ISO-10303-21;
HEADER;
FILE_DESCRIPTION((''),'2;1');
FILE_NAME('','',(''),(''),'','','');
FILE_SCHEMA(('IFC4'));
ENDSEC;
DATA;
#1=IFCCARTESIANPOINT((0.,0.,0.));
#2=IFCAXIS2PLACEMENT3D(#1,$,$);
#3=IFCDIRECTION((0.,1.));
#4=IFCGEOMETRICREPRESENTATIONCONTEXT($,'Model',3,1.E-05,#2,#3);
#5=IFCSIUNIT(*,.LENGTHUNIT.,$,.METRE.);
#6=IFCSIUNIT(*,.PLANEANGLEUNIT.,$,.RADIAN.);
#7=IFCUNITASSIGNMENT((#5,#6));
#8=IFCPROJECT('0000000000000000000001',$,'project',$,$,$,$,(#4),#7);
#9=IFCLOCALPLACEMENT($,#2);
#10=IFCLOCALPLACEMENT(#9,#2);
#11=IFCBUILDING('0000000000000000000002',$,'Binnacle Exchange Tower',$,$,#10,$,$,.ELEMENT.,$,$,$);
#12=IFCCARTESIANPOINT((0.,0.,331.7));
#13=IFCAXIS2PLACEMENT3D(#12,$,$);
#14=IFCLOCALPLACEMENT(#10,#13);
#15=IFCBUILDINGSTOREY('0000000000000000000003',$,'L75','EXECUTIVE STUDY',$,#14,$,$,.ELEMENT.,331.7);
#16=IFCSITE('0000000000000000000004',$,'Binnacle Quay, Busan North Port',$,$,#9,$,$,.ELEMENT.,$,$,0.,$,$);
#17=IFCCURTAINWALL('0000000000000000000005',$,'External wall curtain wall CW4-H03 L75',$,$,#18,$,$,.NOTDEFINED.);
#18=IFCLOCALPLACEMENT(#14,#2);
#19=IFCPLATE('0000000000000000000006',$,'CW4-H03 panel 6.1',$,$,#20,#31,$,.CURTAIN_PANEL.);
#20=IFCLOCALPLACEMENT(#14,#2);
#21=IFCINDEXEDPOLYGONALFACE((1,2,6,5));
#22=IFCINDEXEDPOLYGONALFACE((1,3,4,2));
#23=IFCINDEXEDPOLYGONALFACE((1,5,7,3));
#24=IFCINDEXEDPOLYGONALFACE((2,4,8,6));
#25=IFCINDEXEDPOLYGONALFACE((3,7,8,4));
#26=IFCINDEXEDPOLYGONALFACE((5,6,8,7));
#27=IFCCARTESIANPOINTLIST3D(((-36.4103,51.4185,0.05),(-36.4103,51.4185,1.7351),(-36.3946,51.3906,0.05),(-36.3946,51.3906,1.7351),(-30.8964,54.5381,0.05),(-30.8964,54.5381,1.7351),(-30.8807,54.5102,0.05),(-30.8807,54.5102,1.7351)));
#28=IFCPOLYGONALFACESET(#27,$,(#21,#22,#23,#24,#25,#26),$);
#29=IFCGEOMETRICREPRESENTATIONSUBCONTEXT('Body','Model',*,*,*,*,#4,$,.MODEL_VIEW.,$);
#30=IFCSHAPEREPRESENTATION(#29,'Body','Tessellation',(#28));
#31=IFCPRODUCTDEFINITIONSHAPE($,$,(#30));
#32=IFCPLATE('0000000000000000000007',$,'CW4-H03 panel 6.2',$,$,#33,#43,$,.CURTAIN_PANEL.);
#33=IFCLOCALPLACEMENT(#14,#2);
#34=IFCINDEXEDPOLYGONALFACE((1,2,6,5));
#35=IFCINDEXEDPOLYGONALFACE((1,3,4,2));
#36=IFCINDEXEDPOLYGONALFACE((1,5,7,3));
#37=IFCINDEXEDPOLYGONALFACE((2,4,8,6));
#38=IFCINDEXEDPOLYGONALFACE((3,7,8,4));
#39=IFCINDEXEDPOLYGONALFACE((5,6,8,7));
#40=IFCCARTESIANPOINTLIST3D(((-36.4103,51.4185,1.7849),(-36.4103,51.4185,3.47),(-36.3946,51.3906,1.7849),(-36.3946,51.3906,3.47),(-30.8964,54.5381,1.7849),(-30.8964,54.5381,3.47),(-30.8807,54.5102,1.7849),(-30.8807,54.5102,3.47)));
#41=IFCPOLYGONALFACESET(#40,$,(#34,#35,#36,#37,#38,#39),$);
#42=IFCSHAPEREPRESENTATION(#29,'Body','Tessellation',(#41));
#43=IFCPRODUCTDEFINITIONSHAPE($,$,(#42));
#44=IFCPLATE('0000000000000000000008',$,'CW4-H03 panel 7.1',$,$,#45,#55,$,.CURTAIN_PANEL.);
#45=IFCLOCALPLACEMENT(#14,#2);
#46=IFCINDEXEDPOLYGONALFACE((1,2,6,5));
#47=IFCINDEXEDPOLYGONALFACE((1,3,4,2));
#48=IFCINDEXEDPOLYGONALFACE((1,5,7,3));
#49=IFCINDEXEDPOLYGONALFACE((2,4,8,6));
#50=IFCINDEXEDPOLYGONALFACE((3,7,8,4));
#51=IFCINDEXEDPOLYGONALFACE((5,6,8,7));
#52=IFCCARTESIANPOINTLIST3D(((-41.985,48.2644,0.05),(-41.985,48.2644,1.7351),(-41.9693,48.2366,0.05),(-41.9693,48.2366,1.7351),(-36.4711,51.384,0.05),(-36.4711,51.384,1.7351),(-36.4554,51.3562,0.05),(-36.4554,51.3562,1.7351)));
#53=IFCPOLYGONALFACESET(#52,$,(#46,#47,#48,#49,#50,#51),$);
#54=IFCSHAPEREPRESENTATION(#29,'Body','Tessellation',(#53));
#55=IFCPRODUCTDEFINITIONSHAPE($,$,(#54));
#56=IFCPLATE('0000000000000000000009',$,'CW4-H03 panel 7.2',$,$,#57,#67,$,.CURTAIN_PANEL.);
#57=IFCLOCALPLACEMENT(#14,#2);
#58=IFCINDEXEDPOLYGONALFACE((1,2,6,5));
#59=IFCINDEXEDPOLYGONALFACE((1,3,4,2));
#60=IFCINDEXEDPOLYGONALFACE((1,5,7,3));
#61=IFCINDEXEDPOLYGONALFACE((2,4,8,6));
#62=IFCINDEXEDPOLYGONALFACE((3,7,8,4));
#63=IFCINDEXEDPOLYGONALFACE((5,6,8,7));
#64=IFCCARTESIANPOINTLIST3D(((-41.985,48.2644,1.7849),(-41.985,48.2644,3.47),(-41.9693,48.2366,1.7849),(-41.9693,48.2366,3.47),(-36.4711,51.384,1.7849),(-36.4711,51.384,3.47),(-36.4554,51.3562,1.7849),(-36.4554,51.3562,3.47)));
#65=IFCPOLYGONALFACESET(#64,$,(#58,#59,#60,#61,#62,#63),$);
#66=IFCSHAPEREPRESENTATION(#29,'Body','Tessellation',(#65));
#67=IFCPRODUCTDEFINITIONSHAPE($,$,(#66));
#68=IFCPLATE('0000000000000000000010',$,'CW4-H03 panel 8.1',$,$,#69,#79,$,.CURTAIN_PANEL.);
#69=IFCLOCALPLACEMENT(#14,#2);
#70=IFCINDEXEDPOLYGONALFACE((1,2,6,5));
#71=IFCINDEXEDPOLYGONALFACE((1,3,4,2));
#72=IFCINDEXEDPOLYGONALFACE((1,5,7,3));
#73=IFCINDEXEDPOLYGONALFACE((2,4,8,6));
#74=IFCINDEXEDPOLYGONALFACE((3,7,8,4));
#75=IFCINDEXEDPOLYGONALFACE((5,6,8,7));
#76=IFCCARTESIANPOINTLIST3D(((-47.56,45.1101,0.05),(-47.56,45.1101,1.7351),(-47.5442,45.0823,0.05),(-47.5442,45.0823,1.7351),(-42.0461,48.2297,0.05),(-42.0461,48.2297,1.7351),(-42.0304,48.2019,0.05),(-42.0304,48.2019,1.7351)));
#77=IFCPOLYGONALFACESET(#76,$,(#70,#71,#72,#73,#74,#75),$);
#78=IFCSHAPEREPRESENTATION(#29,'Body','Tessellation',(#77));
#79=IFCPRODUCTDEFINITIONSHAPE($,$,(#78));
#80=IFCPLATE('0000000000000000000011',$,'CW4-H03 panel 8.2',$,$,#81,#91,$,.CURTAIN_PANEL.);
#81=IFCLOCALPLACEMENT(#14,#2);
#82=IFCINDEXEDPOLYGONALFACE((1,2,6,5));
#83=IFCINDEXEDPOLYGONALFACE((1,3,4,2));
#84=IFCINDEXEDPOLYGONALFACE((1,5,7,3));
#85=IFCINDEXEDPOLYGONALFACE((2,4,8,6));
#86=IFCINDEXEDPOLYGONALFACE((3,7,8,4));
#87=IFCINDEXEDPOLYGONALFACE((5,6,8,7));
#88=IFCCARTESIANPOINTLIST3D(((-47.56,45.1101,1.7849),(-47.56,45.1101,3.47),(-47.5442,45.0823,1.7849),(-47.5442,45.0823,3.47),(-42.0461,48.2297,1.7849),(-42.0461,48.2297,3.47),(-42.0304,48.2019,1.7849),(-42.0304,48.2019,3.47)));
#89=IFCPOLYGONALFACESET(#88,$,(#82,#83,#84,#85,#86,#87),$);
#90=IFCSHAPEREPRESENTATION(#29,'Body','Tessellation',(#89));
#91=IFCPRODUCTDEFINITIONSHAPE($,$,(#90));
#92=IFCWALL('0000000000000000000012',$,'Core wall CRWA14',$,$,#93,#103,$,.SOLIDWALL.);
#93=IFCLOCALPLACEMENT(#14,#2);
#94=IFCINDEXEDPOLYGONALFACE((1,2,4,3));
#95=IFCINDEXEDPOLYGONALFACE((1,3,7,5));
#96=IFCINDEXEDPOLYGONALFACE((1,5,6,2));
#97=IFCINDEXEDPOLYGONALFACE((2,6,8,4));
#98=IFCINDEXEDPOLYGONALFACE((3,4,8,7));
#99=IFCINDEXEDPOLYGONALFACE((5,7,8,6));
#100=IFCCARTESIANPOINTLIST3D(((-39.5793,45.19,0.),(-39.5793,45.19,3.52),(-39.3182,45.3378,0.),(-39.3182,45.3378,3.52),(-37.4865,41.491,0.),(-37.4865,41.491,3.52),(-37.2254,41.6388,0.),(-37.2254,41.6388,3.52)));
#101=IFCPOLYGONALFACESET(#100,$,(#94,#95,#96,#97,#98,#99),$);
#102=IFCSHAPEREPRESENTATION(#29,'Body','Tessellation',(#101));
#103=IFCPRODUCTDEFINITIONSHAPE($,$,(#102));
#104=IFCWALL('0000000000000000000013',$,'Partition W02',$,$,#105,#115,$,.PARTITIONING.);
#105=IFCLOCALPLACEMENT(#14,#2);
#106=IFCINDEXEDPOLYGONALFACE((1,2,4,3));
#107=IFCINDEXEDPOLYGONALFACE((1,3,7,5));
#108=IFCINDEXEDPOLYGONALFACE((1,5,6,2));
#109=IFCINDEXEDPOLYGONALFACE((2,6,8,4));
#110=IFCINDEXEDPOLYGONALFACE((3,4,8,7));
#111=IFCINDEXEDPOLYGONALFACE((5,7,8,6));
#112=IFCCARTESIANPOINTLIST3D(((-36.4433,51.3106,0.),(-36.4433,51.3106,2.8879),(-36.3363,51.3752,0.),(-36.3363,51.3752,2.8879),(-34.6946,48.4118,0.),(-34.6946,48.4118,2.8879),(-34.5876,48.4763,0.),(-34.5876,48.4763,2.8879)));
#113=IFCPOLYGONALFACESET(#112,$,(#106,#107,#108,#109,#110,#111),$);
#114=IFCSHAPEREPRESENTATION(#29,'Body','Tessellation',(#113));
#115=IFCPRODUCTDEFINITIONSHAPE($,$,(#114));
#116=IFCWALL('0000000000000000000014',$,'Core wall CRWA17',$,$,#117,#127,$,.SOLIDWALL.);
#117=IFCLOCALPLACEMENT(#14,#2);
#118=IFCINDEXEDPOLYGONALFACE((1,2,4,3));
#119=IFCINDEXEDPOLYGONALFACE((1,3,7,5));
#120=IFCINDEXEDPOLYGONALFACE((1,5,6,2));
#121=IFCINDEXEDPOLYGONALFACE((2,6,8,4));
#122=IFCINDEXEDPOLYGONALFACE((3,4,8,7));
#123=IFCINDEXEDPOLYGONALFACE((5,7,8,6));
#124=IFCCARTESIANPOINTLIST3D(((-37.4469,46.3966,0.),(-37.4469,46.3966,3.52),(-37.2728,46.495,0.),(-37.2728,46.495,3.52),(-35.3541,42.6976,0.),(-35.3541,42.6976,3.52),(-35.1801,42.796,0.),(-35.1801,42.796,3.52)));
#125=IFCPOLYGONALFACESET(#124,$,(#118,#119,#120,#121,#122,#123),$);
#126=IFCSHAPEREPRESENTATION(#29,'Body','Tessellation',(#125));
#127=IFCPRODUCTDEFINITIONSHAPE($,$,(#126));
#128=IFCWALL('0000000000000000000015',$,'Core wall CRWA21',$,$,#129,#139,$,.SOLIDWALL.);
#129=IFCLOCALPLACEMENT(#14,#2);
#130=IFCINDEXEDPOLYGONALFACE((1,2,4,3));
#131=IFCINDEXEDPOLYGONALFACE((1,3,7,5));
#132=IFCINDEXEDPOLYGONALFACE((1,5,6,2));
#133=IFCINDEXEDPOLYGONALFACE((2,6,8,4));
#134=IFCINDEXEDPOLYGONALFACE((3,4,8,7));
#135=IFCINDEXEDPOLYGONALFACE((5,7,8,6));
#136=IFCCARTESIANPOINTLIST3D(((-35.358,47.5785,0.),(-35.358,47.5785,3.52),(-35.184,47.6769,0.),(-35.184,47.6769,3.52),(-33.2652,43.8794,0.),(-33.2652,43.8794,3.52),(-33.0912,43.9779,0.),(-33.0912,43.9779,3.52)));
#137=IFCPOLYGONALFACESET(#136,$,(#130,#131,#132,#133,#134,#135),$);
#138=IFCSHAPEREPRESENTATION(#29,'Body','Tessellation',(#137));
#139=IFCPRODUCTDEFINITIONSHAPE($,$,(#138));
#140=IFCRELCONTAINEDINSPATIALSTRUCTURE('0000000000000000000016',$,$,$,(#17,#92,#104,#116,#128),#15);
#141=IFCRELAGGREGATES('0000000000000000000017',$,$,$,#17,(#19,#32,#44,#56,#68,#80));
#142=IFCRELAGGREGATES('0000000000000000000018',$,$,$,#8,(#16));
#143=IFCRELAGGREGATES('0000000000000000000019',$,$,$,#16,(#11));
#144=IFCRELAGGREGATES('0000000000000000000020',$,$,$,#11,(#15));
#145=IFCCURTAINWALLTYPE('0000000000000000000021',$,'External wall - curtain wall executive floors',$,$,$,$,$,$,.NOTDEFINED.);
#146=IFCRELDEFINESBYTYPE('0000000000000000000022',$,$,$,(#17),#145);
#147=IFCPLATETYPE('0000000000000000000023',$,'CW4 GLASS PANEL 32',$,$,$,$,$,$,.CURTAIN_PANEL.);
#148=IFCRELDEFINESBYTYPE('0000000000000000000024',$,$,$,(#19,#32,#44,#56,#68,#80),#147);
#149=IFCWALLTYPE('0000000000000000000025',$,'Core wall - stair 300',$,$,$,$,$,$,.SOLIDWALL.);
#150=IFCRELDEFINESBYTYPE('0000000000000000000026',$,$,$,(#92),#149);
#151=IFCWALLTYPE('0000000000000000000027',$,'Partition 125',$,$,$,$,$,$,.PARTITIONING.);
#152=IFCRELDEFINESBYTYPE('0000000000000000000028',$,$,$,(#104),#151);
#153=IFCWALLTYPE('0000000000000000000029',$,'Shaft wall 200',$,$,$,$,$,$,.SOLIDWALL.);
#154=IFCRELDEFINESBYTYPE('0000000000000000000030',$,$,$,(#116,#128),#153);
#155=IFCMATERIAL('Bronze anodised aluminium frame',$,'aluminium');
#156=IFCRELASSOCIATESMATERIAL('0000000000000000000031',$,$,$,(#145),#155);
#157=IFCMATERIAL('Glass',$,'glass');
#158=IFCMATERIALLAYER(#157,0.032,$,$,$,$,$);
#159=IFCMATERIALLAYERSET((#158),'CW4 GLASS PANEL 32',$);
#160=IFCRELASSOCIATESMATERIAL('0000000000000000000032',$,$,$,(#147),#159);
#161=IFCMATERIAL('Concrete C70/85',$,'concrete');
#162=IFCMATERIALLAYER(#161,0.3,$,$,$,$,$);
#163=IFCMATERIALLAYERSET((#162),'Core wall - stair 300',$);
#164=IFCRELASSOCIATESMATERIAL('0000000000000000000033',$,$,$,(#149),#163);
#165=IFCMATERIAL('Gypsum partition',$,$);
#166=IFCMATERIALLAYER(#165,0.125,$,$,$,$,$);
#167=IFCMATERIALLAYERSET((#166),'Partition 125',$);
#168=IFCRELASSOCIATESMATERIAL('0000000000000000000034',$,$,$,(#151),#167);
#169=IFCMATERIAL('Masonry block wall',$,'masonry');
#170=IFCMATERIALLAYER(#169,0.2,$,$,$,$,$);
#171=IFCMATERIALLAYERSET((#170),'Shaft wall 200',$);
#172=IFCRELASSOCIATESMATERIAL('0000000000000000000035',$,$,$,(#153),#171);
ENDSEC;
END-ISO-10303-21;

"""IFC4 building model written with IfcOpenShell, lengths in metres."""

from ifc_helpers import new_model, si_unit, direction, frame, frame_2d, origin, origin_2d, place, context, subcontext, project, spatial, rectangle, extrude, material, layer, layer_set, type_object, element, aggregate, save


model = new_model("IFC4")

# Units and contexts
model_context = context("Model", 3, precision=1e-05, world=origin(), true_north=direction((0.0, 1.0)))
body_context = subcontext(model_context, "Body", "Model", "MODEL_VIEW")
ifc_project = project(units=[si_unit("LENGTHUNIT", "METRE"), si_unit("PLANEANGLEUNIT", "RADIAN")], contexts=[model_context])

# Site, building, storey
site_placement = place(None, origin())
site = spatial("IfcSite", under=ifc_project, at=site_placement, Name="Binnacle Quay, Busan North Port", CompositionType="ELEMENT", RefElevation=0.0)
building_placement = place(site_placement, origin())
building = spatial("IfcBuilding", under=site, at=building_placement, Name="Binnacle Exchange Tower", CompositionType="ELEMENT")
storey_placement = place(building_placement, frame((0.0, 0.0, 331.7)))
storey = spatial("IfcBuildingStorey", under=building, at=storey_placement, Name="L75", Description="EXECUTIVE STUDY", CompositionType="ELEMENT", Elevation=331.7)

# Curtain wall
ifc_material_1 = material(Name="Bronze anodised aluminium frame", Category="aluminium")
curtain_wall_type = type_object("IfcCurtainWallType", Name="External wall - curtain wall executive floors", PredefinedType="NOTDEFINED", material=ifc_material_1)
curtain_wall_placement = place(storey_placement, origin())
curtain_wall = element("IfcCurtainWall", 1, at=curtain_wall_placement, inside=storey, type_object=curtain_wall_type, Name="External wall curtain wall CW4-H03 L75", PredefinedType="NOTDEFINED")

# Plates
ifc_material_2 = material(Name="Glass", Category="glass")
ifc_layer_1 = layer(ifc_material_2, 0.032)
ifc_layer_set_1 = layer_set([ifc_layer_1], Name="CW4 GLASS PANEL 32")
plate_type = type_object("IfcPlateType", Name="CW4 GLASS PANEL 32", PredefinedType="CURTAIN_PANEL", material=ifc_layer_set_1)
plate_1_placement = place(storey_placement, frame((-33.6455, 52.9644, 0.05), z_axis=(0.0, 0.0, 1.0), x_axis=(-0.870356, -0.492424, 0.0)))
plate_1 = element("IfcPlate", 2, at=plate_1_placement, type_object=plate_type, Name="CW4-H03 panel 6.1", PredefinedType="CURTAIN_PANEL", context=body_context, shape_type="SweptSolid", body=[
    extrude(rectangle(XDim=6.3352, YDim=0.032, at=origin_2d()), origin(), (0.0, 0.0, 1.0), 1.6851),
])
plate_2_placement = place(storey_placement, frame((-33.6455, 52.9644, 1.7849), z_axis=(0.0, 0.0, 1.0), x_axis=(-0.870356, -0.492424, 0.0)))
plate_2 = element("IfcPlate", 3, at=plate_2_placement, type_object=plate_type, Name="CW4-H03 panel 6.2", PredefinedType="CURTAIN_PANEL", context=body_context, shape_type="SweptSolid", body=[
    extrude(rectangle(XDim=6.3352, YDim=0.032, at=origin_2d()), origin(), (0.0, 0.0, 1.0), 1.6851),
])
plate_3_placement = place(storey_placement, frame((-39.2202, 49.8103, 0.05), z_axis=(0.0, 0.0, 1.0), x_axis=(-0.870356, -0.492424, 0.0)))
plate_3 = element("IfcPlate", 4, at=plate_3_placement, type_object=plate_type, Name="CW4-H03 panel 7.1", PredefinedType="CURTAIN_PANEL", context=body_context, shape_type="SweptSolid", body=[
    extrude(rectangle(XDim=6.3352, YDim=0.032, at=origin_2d()), origin(), (0.0, 0.0, 1.0), 1.6851),
])
plate_4_placement = place(storey_placement, frame((-39.2202, 49.8103, 1.7849), z_axis=(0.0, 0.0, 1.0), x_axis=(-0.870356, -0.492424, 0.0)))
plate_4 = element("IfcPlate", 5, at=plate_4_placement, type_object=plate_type, Name="CW4-H03 panel 7.2", PredefinedType="CURTAIN_PANEL", context=body_context, shape_type="SweptSolid", body=[
    extrude(rectangle(XDim=6.3352, YDim=0.032, at=origin_2d()), origin(), (0.0, 0.0, 1.0), 1.6851),
])
plate_5_placement = place(storey_placement, frame((-44.7952, 46.656, 0.05), z_axis=(0.0, 0.0, 1.0), x_axis=(-0.870356, -0.492424, 0.0)))
plate_5 = element("IfcPlate", 6, at=plate_5_placement, type_object=plate_type, Name="CW4-H03 panel 8.1", PredefinedType="CURTAIN_PANEL", context=body_context, shape_type="SweptSolid", body=[
    extrude(rectangle(XDim=6.3352, YDim=0.032, at=origin_2d()), origin(), (0.0, 0.0, 1.0), 1.6851),
])
plate_6_placement = place(storey_placement, frame((-44.7952, 46.656, 1.7849), z_axis=(0.0, 0.0, 1.0), x_axis=(-0.870356, -0.492424, 0.0)))
plate_6 = element("IfcPlate", 7, at=plate_6_placement, type_object=plate_type, Name="CW4-H03 panel 8.2", PredefinedType="CURTAIN_PANEL", context=body_context, shape_type="SweptSolid", body=[
    extrude(rectangle(XDim=6.3352, YDim=0.032, at=origin_2d()), origin(), (0.0, 0.0, 1.0), 1.6851),
])
aggregate(curtain_wall, [plate_1, plate_2, plate_3, plate_4, plate_5, plate_6])

# Walls
ifc_material_3 = material(Name="Concrete C70/85", Category="concrete")
ifc_layer_2 = layer(ifc_material_3, 0.3)
ifc_layer_set_2 = layer_set([ifc_layer_2], Name="Core wall - stair 300")
wall_type_1 = type_object("IfcWallType", Name="Core wall - stair 300", PredefinedType="SOLIDWALL", material=ifc_layer_set_2)
wall_1_placement = place(storey_placement, frame((-39.4487, 45.2639, 0.0), z_axis=(0.0, 0.0, 1.0), x_axis=(0.492423, -0.870356, 0.0)))
element("IfcWall", 8, at=wall_1_placement, inside=storey, type_object=wall_type_1, Name="Core wall CRWA14", PredefinedType="SOLIDWALL", context=body_context, shape_type="SweptSolid", body=[
    extrude(rectangle(XDim=4.25, YDim=0.3, at=frame_2d((2.125, 0.0))), origin(), (0.0, 0.0, 1.0), 3.52),
])
ifc_material_4 = material(Name="Gypsum partition")
ifc_layer_3 = layer(ifc_material_4, 0.125)
ifc_layer_set_3 = layer_set([ifc_layer_3], Name="Partition 125")
wall_type_2 = type_object("IfcWallType", Name="Partition 125", PredefinedType="PARTITIONING", material=ifc_layer_set_3)
wall_2_placement = place(storey_placement, frame((-36.3899, 51.343, 0.0), z_axis=(0.0, 0.0, 1.0), x_axis=(0.516541, -0.856262, 0.0)))
element("IfcWall", 9, at=wall_2_placement, inside=storey, type_object=wall_type_2, Name="Partition W02", PredefinedType="PARTITIONING", context=body_context, shape_type="SweptSolid", body=[
    extrude(rectangle(XDim=3.3855, YDim=0.125, at=frame_2d((1.6929, 0.0))), origin(), (0.0, 0.0, 1.0), 2.8879),
])
ifc_material_5 = material(Name="Masonry block wall", Category="masonry")
ifc_layer_4 = layer(ifc_material_5, 0.2)
ifc_layer_set_4 = layer_set([ifc_layer_4], Name="Shaft wall 200")
wall_type_3 = type_object("IfcWallType", Name="Shaft wall 200", PredefinedType="SOLIDWALL", material=ifc_layer_set_4)
for number, where, z_axis, x_axis, name in (
    (10, (-37.3599, 46.4458, 0.0), (0.0, 0.0, 1.0), (0.492423, -0.870356, 0.0), "Core wall CRWA17"),
    (11, (-35.271, 47.6277, 0.0), (0.0, 0.0, 1.0), (0.492423, -0.870356, 0.0), "Core wall CRWA21"),
):
    element("IfcWall", number, at=place(storey_placement, frame(where, z_axis=z_axis, x_axis=x_axis)), inside=storey, type_object=wall_type_3, Name=name, PredefinedType="SOLIDWALL", context=body_context, shape_type="SweptSolid", body=[
        extrude(rectangle(XDim=4.25, YDim=0.2, at=frame_2d((2.125, 0.0))), origin(), (0.0, 0.0, 1.0), 3.52),
    ])

save(model, "model.ifc")
